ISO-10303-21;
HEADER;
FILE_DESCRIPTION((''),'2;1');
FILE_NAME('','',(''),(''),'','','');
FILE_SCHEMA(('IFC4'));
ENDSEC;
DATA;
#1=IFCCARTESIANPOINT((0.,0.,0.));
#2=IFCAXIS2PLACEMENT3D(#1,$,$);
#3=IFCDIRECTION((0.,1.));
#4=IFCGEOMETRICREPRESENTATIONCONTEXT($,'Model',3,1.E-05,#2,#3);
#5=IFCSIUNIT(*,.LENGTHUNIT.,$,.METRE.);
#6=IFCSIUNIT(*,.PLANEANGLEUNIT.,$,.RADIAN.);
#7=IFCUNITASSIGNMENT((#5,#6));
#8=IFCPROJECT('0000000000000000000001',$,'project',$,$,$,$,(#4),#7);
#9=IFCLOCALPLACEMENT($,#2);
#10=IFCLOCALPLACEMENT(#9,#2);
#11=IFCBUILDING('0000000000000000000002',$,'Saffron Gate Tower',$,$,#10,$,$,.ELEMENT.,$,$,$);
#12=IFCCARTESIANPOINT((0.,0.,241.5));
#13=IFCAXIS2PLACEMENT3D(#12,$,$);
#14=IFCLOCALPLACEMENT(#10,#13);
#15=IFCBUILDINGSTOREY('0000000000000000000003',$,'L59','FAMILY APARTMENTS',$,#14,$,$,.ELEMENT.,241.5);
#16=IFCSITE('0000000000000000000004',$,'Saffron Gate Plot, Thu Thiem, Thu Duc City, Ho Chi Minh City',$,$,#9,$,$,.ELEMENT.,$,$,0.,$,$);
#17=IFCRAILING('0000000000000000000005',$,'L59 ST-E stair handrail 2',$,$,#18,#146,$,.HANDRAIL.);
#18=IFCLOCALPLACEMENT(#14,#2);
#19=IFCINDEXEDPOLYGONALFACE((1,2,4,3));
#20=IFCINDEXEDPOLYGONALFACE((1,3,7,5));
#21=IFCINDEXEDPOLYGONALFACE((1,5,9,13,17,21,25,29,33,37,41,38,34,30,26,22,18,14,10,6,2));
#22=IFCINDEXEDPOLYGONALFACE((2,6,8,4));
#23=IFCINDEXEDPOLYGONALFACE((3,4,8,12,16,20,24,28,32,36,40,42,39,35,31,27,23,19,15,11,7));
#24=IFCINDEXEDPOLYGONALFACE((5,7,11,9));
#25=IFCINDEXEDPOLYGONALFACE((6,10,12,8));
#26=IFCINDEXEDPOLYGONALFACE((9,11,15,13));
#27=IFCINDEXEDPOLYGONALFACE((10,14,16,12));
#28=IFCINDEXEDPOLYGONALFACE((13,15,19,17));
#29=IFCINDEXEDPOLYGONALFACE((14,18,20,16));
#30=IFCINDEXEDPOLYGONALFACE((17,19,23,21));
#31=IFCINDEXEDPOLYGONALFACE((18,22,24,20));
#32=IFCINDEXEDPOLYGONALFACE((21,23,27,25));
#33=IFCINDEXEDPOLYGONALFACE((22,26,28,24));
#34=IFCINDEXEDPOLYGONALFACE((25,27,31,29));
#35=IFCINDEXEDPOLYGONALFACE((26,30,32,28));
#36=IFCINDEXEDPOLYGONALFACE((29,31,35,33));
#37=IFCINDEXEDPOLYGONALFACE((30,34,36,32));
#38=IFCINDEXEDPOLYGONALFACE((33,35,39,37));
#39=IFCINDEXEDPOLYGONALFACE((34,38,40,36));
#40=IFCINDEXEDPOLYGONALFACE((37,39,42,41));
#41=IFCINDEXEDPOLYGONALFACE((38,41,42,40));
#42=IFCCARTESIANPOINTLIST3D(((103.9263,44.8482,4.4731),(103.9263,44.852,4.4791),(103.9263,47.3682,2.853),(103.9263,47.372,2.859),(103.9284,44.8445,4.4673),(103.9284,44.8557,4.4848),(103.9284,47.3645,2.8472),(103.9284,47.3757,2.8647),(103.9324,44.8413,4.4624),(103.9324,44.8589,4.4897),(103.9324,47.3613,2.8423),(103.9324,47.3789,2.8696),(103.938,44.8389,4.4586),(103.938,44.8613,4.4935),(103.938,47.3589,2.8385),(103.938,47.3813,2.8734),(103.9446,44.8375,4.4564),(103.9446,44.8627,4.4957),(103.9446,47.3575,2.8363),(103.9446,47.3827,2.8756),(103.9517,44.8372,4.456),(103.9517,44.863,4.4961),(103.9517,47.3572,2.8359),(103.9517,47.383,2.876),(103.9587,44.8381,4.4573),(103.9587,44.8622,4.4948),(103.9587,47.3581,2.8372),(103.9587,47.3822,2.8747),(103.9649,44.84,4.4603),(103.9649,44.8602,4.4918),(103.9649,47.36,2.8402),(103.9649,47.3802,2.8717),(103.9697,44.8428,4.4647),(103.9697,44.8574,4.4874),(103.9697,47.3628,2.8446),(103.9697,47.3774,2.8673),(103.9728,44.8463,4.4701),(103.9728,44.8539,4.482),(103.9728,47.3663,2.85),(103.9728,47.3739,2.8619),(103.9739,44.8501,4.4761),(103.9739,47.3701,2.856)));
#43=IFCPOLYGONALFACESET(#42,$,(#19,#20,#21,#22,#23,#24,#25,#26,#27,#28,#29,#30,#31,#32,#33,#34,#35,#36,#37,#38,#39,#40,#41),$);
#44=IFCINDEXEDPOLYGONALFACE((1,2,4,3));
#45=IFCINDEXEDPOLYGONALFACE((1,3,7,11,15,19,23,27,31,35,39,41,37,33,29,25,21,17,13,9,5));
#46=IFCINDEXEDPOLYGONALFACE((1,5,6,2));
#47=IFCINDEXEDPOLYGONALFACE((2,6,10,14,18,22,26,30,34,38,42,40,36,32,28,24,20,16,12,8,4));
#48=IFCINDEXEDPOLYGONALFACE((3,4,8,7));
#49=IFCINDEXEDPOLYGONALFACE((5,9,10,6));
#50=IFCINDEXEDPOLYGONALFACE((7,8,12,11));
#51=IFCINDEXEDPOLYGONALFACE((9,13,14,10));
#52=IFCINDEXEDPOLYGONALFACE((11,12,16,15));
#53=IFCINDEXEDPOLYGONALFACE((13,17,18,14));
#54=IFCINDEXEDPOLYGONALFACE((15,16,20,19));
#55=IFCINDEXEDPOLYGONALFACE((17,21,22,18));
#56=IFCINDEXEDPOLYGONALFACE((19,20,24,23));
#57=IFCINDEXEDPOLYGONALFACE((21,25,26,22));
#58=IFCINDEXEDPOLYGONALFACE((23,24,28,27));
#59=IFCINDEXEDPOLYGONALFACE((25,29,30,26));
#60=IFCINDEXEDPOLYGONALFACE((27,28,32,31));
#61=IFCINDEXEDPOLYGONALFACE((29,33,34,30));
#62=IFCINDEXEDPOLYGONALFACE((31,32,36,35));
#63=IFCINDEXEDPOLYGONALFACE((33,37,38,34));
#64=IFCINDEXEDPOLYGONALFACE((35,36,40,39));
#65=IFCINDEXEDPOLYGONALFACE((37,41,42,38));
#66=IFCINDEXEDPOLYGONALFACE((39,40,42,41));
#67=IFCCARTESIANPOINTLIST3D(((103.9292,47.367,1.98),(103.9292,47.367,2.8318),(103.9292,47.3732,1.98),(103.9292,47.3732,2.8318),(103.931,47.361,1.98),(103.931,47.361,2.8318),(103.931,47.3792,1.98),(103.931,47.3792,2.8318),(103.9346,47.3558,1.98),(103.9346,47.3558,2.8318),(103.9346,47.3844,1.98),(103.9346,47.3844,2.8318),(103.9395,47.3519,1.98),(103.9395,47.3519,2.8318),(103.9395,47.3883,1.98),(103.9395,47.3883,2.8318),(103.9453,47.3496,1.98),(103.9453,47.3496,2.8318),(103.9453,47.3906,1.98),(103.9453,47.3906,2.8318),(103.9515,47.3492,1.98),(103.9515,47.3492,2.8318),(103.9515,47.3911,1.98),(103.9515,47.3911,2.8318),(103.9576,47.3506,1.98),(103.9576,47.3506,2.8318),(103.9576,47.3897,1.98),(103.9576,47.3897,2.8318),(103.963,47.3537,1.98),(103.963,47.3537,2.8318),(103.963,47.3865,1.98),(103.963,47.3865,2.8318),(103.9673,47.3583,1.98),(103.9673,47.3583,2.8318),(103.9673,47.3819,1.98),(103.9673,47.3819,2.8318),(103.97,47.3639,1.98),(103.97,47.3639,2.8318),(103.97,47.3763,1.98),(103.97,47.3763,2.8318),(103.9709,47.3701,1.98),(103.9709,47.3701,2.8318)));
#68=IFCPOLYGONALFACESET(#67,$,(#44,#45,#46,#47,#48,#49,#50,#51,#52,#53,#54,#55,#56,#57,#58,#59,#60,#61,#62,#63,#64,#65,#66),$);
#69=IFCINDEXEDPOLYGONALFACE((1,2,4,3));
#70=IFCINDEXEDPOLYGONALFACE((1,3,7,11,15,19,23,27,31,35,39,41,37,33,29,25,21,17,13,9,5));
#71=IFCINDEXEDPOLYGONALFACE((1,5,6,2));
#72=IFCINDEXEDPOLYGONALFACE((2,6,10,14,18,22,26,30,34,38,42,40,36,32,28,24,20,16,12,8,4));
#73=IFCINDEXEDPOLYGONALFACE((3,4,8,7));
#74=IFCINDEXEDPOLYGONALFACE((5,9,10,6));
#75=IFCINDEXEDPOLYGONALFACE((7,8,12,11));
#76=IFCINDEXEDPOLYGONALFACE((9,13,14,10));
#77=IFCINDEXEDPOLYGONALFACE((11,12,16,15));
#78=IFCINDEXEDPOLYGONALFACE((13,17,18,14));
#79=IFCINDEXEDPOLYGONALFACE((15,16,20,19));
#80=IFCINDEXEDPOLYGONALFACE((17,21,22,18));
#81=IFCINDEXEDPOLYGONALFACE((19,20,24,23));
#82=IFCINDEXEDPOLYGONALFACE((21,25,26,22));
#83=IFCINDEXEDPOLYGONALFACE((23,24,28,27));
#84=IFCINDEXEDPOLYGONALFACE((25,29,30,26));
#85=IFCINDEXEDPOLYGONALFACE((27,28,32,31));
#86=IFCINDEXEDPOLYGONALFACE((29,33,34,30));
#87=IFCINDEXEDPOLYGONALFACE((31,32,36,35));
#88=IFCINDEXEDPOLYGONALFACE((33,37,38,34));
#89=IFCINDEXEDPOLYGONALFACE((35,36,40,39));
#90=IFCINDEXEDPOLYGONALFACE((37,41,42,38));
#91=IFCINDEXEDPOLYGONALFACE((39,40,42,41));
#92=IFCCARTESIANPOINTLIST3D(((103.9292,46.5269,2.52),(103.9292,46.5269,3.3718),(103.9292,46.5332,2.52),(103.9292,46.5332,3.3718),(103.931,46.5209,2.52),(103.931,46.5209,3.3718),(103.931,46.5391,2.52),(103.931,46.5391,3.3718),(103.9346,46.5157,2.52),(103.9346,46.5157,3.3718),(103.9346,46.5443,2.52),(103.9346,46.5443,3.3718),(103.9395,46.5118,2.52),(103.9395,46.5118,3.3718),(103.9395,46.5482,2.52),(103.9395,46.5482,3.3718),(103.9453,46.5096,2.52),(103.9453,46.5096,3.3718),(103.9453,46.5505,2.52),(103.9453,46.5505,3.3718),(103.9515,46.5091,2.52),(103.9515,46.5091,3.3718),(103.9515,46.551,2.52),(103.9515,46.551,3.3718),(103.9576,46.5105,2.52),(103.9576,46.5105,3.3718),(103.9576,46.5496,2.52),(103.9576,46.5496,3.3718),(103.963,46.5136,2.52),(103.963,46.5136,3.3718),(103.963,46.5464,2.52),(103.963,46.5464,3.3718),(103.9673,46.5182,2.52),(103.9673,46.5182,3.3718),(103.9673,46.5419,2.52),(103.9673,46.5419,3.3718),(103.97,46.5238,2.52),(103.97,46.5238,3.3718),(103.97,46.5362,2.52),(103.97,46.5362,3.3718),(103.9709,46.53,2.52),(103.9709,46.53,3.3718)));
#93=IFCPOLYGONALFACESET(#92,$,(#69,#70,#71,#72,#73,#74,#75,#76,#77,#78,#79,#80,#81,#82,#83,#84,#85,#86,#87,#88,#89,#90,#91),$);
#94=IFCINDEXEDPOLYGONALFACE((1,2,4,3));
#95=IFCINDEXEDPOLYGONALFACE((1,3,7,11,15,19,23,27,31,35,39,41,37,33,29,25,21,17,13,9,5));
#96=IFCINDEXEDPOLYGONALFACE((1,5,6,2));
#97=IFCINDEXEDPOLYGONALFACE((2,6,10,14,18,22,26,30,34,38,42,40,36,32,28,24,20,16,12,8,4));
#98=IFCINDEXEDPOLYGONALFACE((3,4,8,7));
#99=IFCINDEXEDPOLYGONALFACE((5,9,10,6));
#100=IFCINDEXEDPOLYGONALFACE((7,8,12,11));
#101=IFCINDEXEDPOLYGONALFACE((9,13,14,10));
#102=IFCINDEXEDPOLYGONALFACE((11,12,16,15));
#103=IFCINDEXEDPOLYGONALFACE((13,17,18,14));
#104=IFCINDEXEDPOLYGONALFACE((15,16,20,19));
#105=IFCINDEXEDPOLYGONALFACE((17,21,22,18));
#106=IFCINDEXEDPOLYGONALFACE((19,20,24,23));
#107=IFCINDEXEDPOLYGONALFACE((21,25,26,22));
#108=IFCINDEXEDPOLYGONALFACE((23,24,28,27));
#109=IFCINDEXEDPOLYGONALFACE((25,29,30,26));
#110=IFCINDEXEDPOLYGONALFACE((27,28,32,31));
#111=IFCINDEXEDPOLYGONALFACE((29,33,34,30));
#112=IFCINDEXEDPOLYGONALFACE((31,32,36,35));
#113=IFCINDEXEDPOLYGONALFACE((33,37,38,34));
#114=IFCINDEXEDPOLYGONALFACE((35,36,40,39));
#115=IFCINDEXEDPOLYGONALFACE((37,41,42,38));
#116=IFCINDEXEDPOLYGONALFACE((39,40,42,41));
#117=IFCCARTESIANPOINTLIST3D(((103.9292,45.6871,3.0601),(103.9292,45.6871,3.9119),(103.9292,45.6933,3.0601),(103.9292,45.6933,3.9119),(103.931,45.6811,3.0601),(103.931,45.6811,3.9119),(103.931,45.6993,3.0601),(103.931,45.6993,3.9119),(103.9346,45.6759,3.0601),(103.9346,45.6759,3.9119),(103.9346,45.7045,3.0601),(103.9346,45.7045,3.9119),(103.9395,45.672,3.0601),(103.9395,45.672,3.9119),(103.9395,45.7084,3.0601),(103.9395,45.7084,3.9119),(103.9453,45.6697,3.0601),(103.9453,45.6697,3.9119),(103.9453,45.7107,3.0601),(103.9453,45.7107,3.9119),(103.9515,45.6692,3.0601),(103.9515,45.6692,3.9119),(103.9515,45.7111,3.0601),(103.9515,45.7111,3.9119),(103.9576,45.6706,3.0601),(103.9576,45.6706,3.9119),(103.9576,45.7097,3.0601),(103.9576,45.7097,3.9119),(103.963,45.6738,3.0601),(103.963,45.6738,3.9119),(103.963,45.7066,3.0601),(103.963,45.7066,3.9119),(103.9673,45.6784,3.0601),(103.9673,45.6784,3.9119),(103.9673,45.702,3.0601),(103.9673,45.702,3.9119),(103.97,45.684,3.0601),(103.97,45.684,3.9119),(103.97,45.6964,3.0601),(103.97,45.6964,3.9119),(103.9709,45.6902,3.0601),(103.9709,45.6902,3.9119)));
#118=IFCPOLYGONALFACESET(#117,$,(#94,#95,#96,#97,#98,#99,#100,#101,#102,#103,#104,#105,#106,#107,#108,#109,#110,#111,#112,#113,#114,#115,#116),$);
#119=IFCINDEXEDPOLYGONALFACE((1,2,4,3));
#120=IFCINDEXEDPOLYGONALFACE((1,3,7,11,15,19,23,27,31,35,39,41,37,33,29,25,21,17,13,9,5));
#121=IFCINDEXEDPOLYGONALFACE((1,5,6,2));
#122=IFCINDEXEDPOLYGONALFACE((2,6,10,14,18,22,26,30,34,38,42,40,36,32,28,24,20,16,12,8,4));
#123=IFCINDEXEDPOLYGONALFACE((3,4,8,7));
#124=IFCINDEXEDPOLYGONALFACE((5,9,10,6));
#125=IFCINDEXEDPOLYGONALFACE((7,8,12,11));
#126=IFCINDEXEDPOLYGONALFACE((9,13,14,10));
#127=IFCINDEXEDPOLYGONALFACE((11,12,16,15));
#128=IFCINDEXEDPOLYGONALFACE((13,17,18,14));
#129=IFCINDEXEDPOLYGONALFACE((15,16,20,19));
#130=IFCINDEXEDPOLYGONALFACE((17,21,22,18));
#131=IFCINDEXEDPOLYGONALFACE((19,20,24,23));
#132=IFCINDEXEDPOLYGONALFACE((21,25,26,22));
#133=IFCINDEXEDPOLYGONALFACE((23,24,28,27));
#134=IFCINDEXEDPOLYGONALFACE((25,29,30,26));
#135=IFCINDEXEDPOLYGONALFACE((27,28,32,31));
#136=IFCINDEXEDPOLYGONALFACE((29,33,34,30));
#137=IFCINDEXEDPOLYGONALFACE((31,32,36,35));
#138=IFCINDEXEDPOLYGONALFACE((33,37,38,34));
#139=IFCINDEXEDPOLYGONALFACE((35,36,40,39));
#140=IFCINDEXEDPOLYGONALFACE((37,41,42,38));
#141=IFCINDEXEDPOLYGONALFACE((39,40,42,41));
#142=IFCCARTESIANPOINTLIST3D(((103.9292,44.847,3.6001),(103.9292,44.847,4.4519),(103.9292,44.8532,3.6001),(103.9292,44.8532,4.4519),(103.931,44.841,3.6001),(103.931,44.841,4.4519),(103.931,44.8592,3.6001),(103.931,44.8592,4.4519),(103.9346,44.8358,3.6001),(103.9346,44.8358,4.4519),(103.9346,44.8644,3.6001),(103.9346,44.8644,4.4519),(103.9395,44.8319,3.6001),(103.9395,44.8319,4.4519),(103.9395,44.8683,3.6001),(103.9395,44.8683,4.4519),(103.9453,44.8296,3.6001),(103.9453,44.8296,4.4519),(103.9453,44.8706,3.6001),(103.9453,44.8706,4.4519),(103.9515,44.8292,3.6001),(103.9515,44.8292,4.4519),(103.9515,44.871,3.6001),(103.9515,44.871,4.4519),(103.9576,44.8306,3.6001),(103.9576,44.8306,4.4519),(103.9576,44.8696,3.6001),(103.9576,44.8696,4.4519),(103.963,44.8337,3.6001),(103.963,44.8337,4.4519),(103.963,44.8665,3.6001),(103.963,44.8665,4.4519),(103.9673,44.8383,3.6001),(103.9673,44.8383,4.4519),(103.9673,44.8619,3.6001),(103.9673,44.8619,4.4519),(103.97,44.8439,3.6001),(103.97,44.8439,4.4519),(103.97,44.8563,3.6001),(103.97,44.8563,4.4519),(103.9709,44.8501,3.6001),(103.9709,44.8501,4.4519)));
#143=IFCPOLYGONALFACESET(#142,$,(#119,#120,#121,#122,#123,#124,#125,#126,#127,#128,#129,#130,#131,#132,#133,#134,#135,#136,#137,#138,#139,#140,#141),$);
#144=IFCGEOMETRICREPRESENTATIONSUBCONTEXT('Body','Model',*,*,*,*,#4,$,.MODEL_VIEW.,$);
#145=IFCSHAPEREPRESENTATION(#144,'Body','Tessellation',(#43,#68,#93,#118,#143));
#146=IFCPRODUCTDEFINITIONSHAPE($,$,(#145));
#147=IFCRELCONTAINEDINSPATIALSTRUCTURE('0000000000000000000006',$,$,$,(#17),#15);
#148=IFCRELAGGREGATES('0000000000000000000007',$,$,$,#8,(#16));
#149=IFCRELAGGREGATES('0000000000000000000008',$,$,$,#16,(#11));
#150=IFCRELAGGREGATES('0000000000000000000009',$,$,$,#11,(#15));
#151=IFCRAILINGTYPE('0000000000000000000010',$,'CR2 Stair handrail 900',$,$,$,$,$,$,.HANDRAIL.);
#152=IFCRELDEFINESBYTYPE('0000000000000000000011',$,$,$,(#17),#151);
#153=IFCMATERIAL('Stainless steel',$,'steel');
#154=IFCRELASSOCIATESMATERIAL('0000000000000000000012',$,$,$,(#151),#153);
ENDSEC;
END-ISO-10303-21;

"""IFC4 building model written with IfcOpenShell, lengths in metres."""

from ifc_helpers import new_model, si_unit, direction, frame, origin, origin_2d, place, context, subcontext, project, spatial, circle, extrude, material, type_object, element, save


model = new_model("IFC4")

# Units and contexts
model_context = context("Model", 3, precision=1e-05, world=origin(), true_north=direction((0.0, 1.0)))
body_context = subcontext(model_context, "Body", "Model", "MODEL_VIEW")
ifc_project = project(units=[si_unit("LENGTHUNIT", "METRE"), si_unit("PLANEANGLEUNIT", "RADIAN")], contexts=[model_context])

# Site, building, storey
site_placement = place(None, origin())
site = spatial("IfcSite", under=ifc_project, at=site_placement, Name="Saffron Gate Plot, Thu Thiem, Thu Duc City, Ho Chi Minh City", CompositionType="ELEMENT", RefElevation=0.0)
building_placement = place(site_placement, origin())
building = spatial("IfcBuilding", under=site, at=building_placement, Name="Saffron Gate Tower", CompositionType="ELEMENT")
storey_placement = place(building_placement, frame((0.0, 0.0, 241.5)))
storey = spatial("IfcBuildingStorey", under=building, at=storey_placement, Name="L59", Description="FAMILY APARTMENTS", CompositionType="ELEMENT", Elevation=241.5)

# Railing
ifc_material_1 = material(Name="Stainless steel", Category="steel")
railing_type_1 = type_object("IfcRailingType", Name="CR2 Stair handrail 900", PredefinedType="HANDRAIL", material=ifc_material_1)
railing_1_placement = place(storey_placement, frame((103.95, 47.3701, 1.98)))
element("IfcRailing", 1, at=railing_1_placement, inside=storey, type_object=railing_type_1, Name="L59 ST-E stair handrail 2", PredefinedType="HANDRAIL", context=body_context, shape_type="SweptSolid", body=[
    extrude(circle(Radius=0.0239, at=origin_2d()), frame((0.0, 0.0, 0.876), z_axis=(0.0, -0.841163, 0.540782), x_axis=(1.0, 0.0, 0.0)), (0.0, 0.0, 1.0), 2.9958),
    extrude(circle(Radius=0.021, at=origin_2d()), origin(), (0.0, 0.0, 1.0), 0.8518),
    extrude(circle(Radius=0.021, at=origin_2d()), frame((0.0, -0.8401, 0.54)), (0.0, 0.0, 1.0), 0.8518),
    extrude(circle(Radius=0.021, at=origin_2d()), frame((0.0, -1.6799, 1.0801)), (0.0, 0.0, 1.0), 0.8518),
    extrude(circle(Radius=0.021, at=origin_2d()), frame((0.0, -2.52, 1.6201)), (0.0, 0.0, 1.0), 0.8518),
])

save(model, "model.ifc")
